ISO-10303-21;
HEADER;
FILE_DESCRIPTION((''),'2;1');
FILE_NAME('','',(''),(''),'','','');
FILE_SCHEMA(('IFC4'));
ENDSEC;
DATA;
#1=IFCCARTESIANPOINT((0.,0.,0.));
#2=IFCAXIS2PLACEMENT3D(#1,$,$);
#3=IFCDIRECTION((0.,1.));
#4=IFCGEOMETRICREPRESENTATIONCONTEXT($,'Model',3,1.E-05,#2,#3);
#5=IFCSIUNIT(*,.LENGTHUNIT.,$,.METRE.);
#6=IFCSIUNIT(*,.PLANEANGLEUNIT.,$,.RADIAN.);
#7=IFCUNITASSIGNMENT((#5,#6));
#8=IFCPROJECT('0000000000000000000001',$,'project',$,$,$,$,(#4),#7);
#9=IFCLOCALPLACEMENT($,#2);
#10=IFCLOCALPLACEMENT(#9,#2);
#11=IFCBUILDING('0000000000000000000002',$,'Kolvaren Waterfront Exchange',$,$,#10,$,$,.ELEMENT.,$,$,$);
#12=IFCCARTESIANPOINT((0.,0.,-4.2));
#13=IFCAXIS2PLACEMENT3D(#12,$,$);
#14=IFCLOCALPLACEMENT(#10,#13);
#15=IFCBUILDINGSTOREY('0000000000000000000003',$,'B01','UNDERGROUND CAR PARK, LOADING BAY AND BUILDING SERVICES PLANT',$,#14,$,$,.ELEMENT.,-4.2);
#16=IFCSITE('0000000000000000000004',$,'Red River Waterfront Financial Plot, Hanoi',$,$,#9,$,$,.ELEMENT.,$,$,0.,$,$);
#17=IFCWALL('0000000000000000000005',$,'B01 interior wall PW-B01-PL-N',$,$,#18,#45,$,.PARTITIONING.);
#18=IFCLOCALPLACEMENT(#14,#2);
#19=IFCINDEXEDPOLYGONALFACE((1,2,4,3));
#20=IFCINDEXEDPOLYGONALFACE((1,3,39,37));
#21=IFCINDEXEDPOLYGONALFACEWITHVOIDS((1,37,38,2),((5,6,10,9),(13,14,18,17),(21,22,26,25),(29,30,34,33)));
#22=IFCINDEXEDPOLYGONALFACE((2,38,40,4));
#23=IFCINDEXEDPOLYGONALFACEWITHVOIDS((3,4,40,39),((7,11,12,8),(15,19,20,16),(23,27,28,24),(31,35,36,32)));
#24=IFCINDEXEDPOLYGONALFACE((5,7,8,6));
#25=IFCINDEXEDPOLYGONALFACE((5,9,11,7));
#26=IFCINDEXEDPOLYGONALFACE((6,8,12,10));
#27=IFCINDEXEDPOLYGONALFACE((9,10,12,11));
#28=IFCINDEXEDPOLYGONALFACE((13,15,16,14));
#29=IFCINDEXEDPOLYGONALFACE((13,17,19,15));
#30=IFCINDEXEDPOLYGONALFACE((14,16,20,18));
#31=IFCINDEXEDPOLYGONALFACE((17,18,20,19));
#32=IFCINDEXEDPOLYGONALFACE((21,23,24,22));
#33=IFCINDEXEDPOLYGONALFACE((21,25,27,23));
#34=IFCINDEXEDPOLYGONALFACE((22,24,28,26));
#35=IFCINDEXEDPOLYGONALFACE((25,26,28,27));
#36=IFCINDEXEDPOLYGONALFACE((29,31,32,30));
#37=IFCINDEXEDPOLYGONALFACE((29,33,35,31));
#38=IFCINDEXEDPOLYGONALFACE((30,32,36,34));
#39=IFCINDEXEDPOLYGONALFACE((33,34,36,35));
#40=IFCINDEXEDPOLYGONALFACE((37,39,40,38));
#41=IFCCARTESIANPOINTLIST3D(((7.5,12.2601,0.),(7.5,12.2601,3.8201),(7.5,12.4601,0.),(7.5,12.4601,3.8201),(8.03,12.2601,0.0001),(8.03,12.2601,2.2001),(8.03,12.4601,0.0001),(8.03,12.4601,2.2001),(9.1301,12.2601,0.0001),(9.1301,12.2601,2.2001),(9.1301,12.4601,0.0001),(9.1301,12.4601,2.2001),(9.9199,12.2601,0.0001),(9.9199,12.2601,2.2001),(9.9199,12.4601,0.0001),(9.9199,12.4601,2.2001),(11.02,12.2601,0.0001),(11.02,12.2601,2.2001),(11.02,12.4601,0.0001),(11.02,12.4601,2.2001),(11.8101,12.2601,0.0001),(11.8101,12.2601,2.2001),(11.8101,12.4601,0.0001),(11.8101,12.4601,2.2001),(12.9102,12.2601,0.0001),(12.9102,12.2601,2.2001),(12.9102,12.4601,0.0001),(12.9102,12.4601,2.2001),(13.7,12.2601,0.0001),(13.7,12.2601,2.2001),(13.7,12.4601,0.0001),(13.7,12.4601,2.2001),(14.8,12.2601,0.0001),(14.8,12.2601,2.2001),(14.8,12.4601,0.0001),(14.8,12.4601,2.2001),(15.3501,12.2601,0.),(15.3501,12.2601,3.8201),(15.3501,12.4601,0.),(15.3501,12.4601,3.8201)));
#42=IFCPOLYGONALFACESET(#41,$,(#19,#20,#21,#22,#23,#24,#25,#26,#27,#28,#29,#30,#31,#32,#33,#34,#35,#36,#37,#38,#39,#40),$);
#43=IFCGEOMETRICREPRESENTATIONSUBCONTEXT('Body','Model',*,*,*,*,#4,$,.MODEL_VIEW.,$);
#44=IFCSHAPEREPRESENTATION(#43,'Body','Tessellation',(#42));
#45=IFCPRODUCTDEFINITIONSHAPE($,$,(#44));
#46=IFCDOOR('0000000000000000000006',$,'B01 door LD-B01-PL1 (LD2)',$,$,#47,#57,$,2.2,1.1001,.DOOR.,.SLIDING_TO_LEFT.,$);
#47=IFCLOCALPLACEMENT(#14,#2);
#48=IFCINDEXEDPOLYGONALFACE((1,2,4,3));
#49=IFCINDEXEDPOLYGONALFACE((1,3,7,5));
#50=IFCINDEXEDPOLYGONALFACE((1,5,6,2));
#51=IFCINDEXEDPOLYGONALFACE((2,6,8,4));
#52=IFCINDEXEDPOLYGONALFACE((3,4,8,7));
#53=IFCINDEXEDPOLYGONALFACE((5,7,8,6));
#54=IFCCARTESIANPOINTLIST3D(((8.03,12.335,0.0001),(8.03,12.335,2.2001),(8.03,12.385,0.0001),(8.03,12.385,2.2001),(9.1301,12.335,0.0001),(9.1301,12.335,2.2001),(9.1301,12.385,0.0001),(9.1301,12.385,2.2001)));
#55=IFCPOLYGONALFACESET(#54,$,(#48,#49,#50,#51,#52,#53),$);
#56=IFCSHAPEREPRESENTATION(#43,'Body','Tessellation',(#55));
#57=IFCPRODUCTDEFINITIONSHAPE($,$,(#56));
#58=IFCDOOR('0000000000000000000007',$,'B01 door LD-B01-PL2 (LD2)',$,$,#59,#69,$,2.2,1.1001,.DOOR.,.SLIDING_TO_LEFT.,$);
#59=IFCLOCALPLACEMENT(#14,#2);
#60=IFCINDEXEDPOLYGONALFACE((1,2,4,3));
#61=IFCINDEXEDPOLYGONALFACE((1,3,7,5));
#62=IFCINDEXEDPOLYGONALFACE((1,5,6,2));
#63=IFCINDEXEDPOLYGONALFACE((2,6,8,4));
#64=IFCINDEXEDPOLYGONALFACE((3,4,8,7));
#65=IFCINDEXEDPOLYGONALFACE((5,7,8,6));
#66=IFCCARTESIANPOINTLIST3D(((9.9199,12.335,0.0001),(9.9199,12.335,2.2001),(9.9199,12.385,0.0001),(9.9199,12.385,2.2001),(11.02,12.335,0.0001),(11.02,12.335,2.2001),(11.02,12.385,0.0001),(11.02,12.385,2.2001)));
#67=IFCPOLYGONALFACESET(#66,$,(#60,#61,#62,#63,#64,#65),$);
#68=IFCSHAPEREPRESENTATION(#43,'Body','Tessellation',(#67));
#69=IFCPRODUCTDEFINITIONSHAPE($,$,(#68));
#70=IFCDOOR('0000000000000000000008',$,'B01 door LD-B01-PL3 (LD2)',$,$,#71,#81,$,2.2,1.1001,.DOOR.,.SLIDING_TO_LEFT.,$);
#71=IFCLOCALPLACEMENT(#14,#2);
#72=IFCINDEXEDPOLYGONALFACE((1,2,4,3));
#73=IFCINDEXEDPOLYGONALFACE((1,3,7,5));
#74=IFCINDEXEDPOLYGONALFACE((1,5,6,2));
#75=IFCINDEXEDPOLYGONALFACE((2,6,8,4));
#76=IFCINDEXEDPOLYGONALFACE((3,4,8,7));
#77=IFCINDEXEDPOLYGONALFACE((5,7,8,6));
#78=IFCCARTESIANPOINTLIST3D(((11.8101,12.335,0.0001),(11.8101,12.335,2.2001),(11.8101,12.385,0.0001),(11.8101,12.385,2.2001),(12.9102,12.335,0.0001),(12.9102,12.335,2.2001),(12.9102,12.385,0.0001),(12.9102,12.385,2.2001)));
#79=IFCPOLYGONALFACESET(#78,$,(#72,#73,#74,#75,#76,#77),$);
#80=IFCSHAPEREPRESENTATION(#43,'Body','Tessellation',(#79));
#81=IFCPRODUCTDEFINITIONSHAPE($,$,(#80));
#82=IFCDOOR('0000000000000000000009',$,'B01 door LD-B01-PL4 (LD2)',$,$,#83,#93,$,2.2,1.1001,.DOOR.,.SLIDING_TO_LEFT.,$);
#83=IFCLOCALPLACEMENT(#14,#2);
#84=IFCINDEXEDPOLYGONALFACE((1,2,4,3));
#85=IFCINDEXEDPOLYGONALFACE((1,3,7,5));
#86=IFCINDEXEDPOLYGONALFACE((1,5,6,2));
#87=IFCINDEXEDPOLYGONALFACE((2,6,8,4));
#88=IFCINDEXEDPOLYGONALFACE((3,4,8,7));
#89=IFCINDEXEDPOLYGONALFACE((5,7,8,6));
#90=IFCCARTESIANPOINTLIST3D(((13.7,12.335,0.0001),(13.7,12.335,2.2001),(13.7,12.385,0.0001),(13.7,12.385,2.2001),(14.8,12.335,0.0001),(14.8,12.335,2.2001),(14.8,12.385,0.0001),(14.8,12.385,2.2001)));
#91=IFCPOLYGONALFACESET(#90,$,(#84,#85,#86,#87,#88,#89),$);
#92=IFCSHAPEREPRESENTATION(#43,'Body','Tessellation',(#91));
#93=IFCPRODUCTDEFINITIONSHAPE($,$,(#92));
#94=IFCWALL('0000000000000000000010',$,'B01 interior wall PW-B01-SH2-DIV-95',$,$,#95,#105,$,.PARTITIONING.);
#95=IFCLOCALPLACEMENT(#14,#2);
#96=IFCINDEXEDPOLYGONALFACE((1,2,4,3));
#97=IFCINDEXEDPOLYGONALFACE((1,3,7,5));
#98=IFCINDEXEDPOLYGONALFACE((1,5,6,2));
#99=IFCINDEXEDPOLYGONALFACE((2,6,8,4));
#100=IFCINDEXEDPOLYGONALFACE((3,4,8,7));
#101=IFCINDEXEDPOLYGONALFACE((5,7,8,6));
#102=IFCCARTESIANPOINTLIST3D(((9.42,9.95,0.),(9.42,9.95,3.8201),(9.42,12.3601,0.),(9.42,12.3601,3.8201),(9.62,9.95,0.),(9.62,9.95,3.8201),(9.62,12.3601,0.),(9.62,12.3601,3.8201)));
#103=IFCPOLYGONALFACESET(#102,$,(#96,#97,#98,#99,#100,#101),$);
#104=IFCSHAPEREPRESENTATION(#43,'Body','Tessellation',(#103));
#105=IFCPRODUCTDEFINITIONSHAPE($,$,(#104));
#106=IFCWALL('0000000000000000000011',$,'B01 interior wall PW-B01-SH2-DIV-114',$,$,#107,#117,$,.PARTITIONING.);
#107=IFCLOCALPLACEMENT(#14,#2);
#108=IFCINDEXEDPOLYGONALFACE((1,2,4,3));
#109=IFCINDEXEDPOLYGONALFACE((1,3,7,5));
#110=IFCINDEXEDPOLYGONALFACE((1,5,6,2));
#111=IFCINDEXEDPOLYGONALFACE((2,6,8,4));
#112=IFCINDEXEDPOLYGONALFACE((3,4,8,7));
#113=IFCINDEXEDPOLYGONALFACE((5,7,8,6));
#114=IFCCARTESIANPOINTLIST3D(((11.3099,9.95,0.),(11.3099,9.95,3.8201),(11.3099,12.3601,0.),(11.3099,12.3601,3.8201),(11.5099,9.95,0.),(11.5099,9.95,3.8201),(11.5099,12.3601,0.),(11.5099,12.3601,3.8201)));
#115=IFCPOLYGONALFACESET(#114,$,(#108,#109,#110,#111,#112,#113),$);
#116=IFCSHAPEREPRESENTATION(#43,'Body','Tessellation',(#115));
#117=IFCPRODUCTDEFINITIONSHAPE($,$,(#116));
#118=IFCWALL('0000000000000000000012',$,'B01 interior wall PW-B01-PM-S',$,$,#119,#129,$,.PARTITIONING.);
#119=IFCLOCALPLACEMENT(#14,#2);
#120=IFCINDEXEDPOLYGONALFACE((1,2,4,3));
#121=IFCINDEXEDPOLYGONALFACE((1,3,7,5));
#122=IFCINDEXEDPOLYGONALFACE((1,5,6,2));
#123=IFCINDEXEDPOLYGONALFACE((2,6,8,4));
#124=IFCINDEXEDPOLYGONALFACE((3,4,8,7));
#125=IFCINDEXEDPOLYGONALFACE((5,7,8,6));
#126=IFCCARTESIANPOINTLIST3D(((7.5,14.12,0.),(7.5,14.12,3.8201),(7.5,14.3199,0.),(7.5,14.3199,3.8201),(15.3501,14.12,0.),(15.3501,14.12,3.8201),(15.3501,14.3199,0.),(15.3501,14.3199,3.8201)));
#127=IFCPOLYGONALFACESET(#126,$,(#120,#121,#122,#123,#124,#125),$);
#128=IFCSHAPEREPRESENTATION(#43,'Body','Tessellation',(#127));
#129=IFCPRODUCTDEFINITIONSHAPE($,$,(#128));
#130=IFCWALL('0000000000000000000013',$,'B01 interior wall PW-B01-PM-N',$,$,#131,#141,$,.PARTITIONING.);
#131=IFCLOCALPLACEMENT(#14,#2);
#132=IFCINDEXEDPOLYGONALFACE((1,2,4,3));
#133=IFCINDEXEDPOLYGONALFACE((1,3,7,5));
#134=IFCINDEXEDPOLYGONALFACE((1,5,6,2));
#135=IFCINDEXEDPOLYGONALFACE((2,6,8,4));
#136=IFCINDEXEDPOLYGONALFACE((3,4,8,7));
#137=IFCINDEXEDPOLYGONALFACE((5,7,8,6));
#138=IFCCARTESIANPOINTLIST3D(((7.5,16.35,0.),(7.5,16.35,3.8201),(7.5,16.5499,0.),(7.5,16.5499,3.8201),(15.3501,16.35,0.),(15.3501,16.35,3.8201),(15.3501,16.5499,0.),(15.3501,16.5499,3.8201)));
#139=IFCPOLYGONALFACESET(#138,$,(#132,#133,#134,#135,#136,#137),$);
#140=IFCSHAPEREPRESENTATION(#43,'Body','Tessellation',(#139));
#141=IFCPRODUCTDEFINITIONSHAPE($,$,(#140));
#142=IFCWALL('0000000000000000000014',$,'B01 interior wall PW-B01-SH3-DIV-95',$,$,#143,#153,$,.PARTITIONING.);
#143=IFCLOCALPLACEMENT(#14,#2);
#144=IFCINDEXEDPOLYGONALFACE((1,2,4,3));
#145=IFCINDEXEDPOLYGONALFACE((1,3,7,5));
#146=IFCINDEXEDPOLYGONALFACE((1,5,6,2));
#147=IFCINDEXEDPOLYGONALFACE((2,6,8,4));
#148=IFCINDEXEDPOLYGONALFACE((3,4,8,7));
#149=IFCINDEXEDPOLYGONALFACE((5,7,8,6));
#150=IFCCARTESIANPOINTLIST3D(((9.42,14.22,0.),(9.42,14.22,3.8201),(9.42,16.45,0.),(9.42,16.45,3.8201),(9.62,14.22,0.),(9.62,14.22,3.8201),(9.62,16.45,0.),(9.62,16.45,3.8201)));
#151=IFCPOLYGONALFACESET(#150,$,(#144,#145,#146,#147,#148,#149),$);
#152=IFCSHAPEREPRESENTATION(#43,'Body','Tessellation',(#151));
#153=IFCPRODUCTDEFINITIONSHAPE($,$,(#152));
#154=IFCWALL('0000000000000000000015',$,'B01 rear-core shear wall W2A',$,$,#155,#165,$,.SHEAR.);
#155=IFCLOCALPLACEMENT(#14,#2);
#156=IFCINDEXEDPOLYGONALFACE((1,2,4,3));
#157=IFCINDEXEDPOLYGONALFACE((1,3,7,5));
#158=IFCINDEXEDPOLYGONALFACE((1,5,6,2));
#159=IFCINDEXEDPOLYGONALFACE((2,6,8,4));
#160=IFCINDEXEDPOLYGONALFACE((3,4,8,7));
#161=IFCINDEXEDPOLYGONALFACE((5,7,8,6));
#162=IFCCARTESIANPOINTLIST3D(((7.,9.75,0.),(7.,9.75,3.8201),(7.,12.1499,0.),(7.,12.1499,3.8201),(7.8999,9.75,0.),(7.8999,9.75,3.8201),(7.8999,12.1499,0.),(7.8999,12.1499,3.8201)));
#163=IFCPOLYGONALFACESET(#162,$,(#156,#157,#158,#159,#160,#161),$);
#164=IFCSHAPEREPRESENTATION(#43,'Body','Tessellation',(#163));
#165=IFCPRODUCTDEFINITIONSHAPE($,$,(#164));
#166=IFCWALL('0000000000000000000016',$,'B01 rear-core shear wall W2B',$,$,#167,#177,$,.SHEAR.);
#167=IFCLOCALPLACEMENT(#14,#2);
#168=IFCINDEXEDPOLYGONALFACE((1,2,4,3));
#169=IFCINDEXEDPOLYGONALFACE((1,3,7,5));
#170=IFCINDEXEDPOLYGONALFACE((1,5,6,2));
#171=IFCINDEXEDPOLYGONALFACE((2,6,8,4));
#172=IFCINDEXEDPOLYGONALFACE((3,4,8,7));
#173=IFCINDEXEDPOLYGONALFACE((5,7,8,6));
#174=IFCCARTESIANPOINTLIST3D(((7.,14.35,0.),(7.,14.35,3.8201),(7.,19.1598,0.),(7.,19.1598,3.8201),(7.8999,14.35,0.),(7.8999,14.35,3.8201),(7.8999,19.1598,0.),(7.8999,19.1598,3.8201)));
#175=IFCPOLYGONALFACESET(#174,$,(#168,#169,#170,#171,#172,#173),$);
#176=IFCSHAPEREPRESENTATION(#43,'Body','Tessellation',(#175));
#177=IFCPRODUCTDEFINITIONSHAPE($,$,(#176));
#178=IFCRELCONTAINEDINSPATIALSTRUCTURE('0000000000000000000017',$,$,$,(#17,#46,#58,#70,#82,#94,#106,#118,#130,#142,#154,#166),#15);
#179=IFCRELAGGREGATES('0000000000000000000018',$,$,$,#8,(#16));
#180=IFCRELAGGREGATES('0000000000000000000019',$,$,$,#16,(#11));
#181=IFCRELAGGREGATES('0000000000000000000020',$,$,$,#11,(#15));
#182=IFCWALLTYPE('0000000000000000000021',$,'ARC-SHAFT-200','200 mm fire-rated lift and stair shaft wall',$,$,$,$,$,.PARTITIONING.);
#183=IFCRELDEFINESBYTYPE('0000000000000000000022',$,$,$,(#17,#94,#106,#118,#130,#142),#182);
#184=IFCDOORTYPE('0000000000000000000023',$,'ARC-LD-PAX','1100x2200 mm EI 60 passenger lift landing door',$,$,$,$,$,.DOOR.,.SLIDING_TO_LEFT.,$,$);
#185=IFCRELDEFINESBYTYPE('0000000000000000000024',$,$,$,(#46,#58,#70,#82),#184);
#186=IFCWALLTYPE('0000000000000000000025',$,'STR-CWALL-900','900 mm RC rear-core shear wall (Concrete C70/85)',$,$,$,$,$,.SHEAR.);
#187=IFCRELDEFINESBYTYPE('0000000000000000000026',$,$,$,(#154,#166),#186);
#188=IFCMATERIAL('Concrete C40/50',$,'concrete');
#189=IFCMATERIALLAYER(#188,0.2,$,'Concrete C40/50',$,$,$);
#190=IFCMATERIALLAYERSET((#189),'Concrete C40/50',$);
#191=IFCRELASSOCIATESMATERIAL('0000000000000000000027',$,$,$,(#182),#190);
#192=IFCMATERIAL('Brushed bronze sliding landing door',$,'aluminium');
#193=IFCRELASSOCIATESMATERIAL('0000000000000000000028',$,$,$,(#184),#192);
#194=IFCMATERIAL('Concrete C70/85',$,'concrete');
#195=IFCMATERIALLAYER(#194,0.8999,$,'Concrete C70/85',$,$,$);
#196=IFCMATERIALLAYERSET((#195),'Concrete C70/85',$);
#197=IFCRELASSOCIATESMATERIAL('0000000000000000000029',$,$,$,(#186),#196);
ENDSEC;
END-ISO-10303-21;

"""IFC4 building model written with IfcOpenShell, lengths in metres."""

from ifc_helpers import new_model, si_unit, direction, frame, frame_2d, origin, place, context, subcontext, project, spatial, rectangle, extrude, material, layer, layer_set, type_object, element, fill, save


model = new_model("IFC4")

# Units and contexts
model_context = context("Model", 3, precision=1e-05, world=origin(), true_north=direction((0.0, 1.0)))
body_context = subcontext(model_context, "Body", "Model", "MODEL_VIEW")
ifc_project = project(units=[si_unit("LENGTHUNIT", "METRE"), si_unit("PLANEANGLEUNIT", "RADIAN")], contexts=[model_context])

# Site, building, storey
site_placement = place(None, origin())
site = spatial("IfcSite", under=ifc_project, at=site_placement, Name="Red River Waterfront Financial Plot, Hanoi", CompositionType="ELEMENT", RefElevation=0.0)
building_placement = place(site_placement, origin())
building = spatial("IfcBuilding", under=site, at=building_placement, Name="Kolvaren Waterfront Exchange", CompositionType="ELEMENT")
storey_placement = place(building_placement, frame((0.0, 0.0, -4.2)))
storey = spatial("IfcBuildingStorey", under=building, at=storey_placement, Name="B01", Description="UNDERGROUND CAR PARK, LOADING BAY AND BUILDING SERVICES PLANT", CompositionType="ELEMENT", Elevation=-4.2)

# Shared definitions
ifc_material_1 = material(Name="Concrete C70/85", Category="concrete")

# Wall, openings, doors
ifc_material_2 = material(Name="Concrete C40/50", Category="concrete")
ifc_layer_1 = layer(ifc_material_2, 0.2, Name="Concrete C40/50")
ifc_layer_set_1 = layer_set([ifc_layer_1], Name="Concrete C40/50")
wall_type_1 = type_object("IfcWallType", Name="ARC-SHAFT-200", Description="200 mm fire-rated lift and stair shaft wall", PredefinedType="PARTITIONING", material=ifc_layer_set_1)
wall_1_placement = place(storey_placement, frame((7.5, 12.3601, 0.0), z_axis=(0.0, 0.0, 1.0), x_axis=(1.0, 0.0, 0.0)))
wall_1 = element("IfcWall", 1, at=wall_1_placement, inside=storey, type_object=wall_type_1, Name="B01 interior wall PW-B01-PL-N", PredefinedType="PARTITIONING", context=body_context, shape_type="SweptSolid", body=[
    extrude(rectangle(XDim=7.8501, YDim=0.2, at=frame_2d((3.925, 0.0))), origin(), (0.0, 0.0, 1.0), 3.8201),
])
opening_1_placement = place(wall_1_placement, frame((0.53, 0.0, 0.0)))
opening_1 = element("IfcOpeningElement", 2, at=opening_1_placement, cuts=wall_1, PredefinedType="OPENING", context=body_context, shape_type="SweptSolid", body=[
    extrude(rectangle(XDim=1.1001, YDim=2.2, at=frame_2d((0.55, 1.1001))), frame((0.0, 0.1099, 0.0), z_axis=(0.0, -1.0, 0.0), x_axis=(1.0, 0.0, 0.0)), (0.0, 0.0, 1.0), 0.22),
])
opening_2_placement = place(wall_1_placement, frame((2.4199, 0.0, 0.0)))
opening_2 = element("IfcOpeningElement", 3, at=opening_2_placement, cuts=wall_1, PredefinedType="OPENING", context=body_context, shape_type="SweptSolid", body=[
    extrude(rectangle(XDim=1.1001, YDim=2.2, at=frame_2d((0.55, 1.1001))), frame((0.0, 0.1099, 0.0), z_axis=(0.0, -1.0, 0.0), x_axis=(1.0, 0.0, 0.0)), (0.0, 0.0, 1.0), 0.22),
])
opening_3_placement = place(wall_1_placement, frame((4.3101, 0.0, 0.0)))
opening_3 = element("IfcOpeningElement", 4, at=opening_3_placement, cuts=wall_1, PredefinedType="OPENING", context=body_context, shape_type="SweptSolid", body=[
    extrude(rectangle(XDim=1.1001, YDim=2.2, at=frame_2d((0.55, 1.1001))), frame((0.0, 0.1099, 0.0), z_axis=(0.0, -1.0, 0.0), x_axis=(1.0, 0.0, 0.0)), (0.0, 0.0, 1.0), 0.22),
])
opening_4_placement = place(wall_1_placement, frame((6.2, 0.0, 0.0)))
opening_4 = element("IfcOpeningElement", 5, at=opening_4_placement, cuts=wall_1, PredefinedType="OPENING", context=body_context, shape_type="SweptSolid", body=[
    extrude(rectangle(XDim=1.1001, YDim=2.2, at=frame_2d((0.55, 1.1001))), frame((0.0, 0.1099, 0.0), z_axis=(0.0, -1.0, 0.0), x_axis=(1.0, 0.0, 0.0)), (0.0, 0.0, 1.0), 0.22),
])
ifc_material_3 = material(Name="Brushed bronze sliding landing door", Category="aluminium")
door_type_1 = type_object("IfcDoorType", Name="ARC-LD-PAX", Description="1100x2200 mm EI 60 passenger lift landing door", OperationType="SLIDING_TO_LEFT", PredefinedType="DOOR", material=ifc_material_3)
door_1_placement = place(opening_1_placement, origin())
door_1 = element("IfcDoor", 6, at=door_1_placement, inside=storey, type_object=door_type_1, Name="B01 door LD-B01-PL1 (LD2)", OperationType="SLIDING_TO_LEFT", OverallHeight=2.2, OverallWidth=1.1001, PredefinedType="DOOR", context=body_context, shape_type="SweptSolid", body=[
    extrude(rectangle(XDim=1.1001, YDim=2.2, at=frame_2d((0.55, 1.1001))), frame((0.0, 0.0249, 0.0), z_axis=(0.0, -1.0, 0.0), x_axis=(1.0, 0.0, 0.0)), (0.0, 0.0, 1.0), 0.05),
])
fill(opening_1, door_1)
door_2_placement = place(opening_2_placement, origin())
door_2 = element("IfcDoor", 7, at=door_2_placement, inside=storey, type_object=door_type_1, Name="B01 door LD-B01-PL2 (LD2)", OperationType="SLIDING_TO_LEFT", OverallHeight=2.2, OverallWidth=1.1001, PredefinedType="DOOR", context=body_context, shape_type="SweptSolid", body=[
    extrude(rectangle(XDim=1.1001, YDim=2.2, at=frame_2d((0.55, 1.1001))), frame((0.0, 0.0249, 0.0), z_axis=(0.0, -1.0, 0.0), x_axis=(1.0, 0.0, 0.0)), (0.0, 0.0, 1.0), 0.05),
])
fill(opening_2, door_2)
door_3_placement = place(opening_3_placement, origin())
door_3 = element("IfcDoor", 8, at=door_3_placement, inside=storey, type_object=door_type_1, Name="B01 door LD-B01-PL3 (LD2)", OperationType="SLIDING_TO_LEFT", OverallHeight=2.2, OverallWidth=1.1001, PredefinedType="DOOR", context=body_context, shape_type="SweptSolid", body=[
    extrude(rectangle(XDim=1.1001, YDim=2.2, at=frame_2d((0.55, 1.1001))), frame((0.0, 0.0249, 0.0), z_axis=(0.0, -1.0, 0.0), x_axis=(1.0, 0.0, 0.0)), (0.0, 0.0, 1.0), 0.05),
])
fill(opening_3, door_3)
door_4_placement = place(opening_4_placement, origin())
door_4 = element("IfcDoor", 9, at=door_4_placement, inside=storey, type_object=door_type_1, Name="B01 door LD-B01-PL4 (LD2)", OperationType="SLIDING_TO_LEFT", OverallHeight=2.2, OverallWidth=1.1001, PredefinedType="DOOR", context=body_context, shape_type="SweptSolid", body=[
    extrude(rectangle(XDim=1.1001, YDim=2.2, at=frame_2d((0.55, 1.1001))), frame((0.0, 0.0249, 0.0), z_axis=(0.0, -1.0, 0.0), x_axis=(1.0, 0.0, 0.0)), (0.0, 0.0, 1.0), 0.05),
])
fill(opening_4, door_4)

# Walls
for number, where, z_axis, x_axis, name in (
    (10, (9.52, 9.95, 0.0), (0.0, 0.0, 1.0), (0.0, 1.0, 0.0), "B01 interior wall PW-B01-SH2-DIV-95"),
    (11, (11.4099, 9.95, 0.0), (0.0, 0.0, 1.0), (0.0, 1.0, 0.0), "B01 interior wall PW-B01-SH2-DIV-114"),
):
    element("IfcWall", number, at=place(storey_placement, frame(where, z_axis=z_axis, x_axis=x_axis)), inside=storey, type_object=wall_type_1, Name=name, PredefinedType="PARTITIONING", context=body_context, shape_type="SweptSolid", body=[
        extrude(rectangle(XDim=2.4102, YDim=0.2, at=frame_2d((1.2051, 0.0))), origin(), (0.0, 0.0, 1.0), 3.8201),
    ])
for number, where, z_axis, x_axis, name in (
    (12, (7.5, 14.22, 0.0), (0.0, 0.0, 1.0), (1.0, 0.0, 0.0), "B01 interior wall PW-B01-PM-S"),
    (13, (7.5, 16.45, 0.0), (0.0, 0.0, 1.0), (1.0, 0.0, 0.0), "B01 interior wall PW-B01-PM-N"),
):
    element("IfcWall", number, at=place(storey_placement, frame(where, z_axis=z_axis, x_axis=x_axis)), inside=storey, type_object=wall_type_1, Name=name, PredefinedType="PARTITIONING", context=body_context, shape_type="SweptSolid", body=[
        extrude(rectangle(XDim=7.8501, YDim=0.2, at=frame_2d((3.925, 0.0))), origin(), (0.0, 0.0, 1.0), 3.8201),
    ])
wall_2_placement = place(storey_placement, frame((9.52, 14.22, 0.0), z_axis=(0.0, 0.0, 1.0), x_axis=(0.0, 1.0, 0.0)))
element("IfcWall", 14, at=wall_2_placement, inside=storey, type_object=wall_type_1, Name="B01 interior wall PW-B01-SH3-DIV-95", PredefinedType="PARTITIONING", context=body_context, shape_type="SweptSolid", body=[
    extrude(rectangle(XDim=2.23, YDim=0.2, at=frame_2d((1.115, 0.0))), origin(), (0.0, 0.0, 1.0), 3.8201),
])
ifc_layer_2 = layer(ifc_material_1, 0.8999, Name="Concrete C70/85")
ifc_layer_set_2 = layer_set([ifc_layer_2], Name="Concrete C70/85")
wall_type_2 = type_object("IfcWallType", Name="STR-CWALL-900", Description="900 mm RC rear-core shear wall (Concrete C70/85)", PredefinedType="SHEAR", material=ifc_layer_set_2)
wall_3_placement = place(storey_placement, frame((7.45, 9.75, 0.0), z_axis=(0.0, 0.0, 1.0), x_axis=(0.0, 1.0, 0.0)))
element("IfcWall", 15, at=wall_3_placement, inside=storey, type_object=wall_type_2, Name="B01 rear-core shear wall W2A", PredefinedType="SHEAR", context=body_context, shape_type="SweptSolid", body=[
    extrude(rectangle(XDim=2.3999, YDim=0.8999, at=frame_2d((1.2, 0.0))), origin(), (0.0, 0.0, 1.0), 3.8201),
])
wall_4_placement = place(storey_placement, frame((7.45, 14.3501, 0.0), z_axis=(0.0, 0.0, 1.0), x_axis=(0.0, 1.0, 0.0)))
element("IfcWall", 16, at=wall_4_placement, inside=storey, type_object=wall_type_2, Name="B01 rear-core shear wall W2B", PredefinedType="SHEAR", context=body_context, shape_type="SweptSolid", body=[
    extrude(rectangle(XDim=4.8098, YDim=0.8999, at=frame_2d((2.4048, 0.0))), origin(), (0.0, 0.0, 1.0), 3.8201),
])

save(model, "model.ifc")
